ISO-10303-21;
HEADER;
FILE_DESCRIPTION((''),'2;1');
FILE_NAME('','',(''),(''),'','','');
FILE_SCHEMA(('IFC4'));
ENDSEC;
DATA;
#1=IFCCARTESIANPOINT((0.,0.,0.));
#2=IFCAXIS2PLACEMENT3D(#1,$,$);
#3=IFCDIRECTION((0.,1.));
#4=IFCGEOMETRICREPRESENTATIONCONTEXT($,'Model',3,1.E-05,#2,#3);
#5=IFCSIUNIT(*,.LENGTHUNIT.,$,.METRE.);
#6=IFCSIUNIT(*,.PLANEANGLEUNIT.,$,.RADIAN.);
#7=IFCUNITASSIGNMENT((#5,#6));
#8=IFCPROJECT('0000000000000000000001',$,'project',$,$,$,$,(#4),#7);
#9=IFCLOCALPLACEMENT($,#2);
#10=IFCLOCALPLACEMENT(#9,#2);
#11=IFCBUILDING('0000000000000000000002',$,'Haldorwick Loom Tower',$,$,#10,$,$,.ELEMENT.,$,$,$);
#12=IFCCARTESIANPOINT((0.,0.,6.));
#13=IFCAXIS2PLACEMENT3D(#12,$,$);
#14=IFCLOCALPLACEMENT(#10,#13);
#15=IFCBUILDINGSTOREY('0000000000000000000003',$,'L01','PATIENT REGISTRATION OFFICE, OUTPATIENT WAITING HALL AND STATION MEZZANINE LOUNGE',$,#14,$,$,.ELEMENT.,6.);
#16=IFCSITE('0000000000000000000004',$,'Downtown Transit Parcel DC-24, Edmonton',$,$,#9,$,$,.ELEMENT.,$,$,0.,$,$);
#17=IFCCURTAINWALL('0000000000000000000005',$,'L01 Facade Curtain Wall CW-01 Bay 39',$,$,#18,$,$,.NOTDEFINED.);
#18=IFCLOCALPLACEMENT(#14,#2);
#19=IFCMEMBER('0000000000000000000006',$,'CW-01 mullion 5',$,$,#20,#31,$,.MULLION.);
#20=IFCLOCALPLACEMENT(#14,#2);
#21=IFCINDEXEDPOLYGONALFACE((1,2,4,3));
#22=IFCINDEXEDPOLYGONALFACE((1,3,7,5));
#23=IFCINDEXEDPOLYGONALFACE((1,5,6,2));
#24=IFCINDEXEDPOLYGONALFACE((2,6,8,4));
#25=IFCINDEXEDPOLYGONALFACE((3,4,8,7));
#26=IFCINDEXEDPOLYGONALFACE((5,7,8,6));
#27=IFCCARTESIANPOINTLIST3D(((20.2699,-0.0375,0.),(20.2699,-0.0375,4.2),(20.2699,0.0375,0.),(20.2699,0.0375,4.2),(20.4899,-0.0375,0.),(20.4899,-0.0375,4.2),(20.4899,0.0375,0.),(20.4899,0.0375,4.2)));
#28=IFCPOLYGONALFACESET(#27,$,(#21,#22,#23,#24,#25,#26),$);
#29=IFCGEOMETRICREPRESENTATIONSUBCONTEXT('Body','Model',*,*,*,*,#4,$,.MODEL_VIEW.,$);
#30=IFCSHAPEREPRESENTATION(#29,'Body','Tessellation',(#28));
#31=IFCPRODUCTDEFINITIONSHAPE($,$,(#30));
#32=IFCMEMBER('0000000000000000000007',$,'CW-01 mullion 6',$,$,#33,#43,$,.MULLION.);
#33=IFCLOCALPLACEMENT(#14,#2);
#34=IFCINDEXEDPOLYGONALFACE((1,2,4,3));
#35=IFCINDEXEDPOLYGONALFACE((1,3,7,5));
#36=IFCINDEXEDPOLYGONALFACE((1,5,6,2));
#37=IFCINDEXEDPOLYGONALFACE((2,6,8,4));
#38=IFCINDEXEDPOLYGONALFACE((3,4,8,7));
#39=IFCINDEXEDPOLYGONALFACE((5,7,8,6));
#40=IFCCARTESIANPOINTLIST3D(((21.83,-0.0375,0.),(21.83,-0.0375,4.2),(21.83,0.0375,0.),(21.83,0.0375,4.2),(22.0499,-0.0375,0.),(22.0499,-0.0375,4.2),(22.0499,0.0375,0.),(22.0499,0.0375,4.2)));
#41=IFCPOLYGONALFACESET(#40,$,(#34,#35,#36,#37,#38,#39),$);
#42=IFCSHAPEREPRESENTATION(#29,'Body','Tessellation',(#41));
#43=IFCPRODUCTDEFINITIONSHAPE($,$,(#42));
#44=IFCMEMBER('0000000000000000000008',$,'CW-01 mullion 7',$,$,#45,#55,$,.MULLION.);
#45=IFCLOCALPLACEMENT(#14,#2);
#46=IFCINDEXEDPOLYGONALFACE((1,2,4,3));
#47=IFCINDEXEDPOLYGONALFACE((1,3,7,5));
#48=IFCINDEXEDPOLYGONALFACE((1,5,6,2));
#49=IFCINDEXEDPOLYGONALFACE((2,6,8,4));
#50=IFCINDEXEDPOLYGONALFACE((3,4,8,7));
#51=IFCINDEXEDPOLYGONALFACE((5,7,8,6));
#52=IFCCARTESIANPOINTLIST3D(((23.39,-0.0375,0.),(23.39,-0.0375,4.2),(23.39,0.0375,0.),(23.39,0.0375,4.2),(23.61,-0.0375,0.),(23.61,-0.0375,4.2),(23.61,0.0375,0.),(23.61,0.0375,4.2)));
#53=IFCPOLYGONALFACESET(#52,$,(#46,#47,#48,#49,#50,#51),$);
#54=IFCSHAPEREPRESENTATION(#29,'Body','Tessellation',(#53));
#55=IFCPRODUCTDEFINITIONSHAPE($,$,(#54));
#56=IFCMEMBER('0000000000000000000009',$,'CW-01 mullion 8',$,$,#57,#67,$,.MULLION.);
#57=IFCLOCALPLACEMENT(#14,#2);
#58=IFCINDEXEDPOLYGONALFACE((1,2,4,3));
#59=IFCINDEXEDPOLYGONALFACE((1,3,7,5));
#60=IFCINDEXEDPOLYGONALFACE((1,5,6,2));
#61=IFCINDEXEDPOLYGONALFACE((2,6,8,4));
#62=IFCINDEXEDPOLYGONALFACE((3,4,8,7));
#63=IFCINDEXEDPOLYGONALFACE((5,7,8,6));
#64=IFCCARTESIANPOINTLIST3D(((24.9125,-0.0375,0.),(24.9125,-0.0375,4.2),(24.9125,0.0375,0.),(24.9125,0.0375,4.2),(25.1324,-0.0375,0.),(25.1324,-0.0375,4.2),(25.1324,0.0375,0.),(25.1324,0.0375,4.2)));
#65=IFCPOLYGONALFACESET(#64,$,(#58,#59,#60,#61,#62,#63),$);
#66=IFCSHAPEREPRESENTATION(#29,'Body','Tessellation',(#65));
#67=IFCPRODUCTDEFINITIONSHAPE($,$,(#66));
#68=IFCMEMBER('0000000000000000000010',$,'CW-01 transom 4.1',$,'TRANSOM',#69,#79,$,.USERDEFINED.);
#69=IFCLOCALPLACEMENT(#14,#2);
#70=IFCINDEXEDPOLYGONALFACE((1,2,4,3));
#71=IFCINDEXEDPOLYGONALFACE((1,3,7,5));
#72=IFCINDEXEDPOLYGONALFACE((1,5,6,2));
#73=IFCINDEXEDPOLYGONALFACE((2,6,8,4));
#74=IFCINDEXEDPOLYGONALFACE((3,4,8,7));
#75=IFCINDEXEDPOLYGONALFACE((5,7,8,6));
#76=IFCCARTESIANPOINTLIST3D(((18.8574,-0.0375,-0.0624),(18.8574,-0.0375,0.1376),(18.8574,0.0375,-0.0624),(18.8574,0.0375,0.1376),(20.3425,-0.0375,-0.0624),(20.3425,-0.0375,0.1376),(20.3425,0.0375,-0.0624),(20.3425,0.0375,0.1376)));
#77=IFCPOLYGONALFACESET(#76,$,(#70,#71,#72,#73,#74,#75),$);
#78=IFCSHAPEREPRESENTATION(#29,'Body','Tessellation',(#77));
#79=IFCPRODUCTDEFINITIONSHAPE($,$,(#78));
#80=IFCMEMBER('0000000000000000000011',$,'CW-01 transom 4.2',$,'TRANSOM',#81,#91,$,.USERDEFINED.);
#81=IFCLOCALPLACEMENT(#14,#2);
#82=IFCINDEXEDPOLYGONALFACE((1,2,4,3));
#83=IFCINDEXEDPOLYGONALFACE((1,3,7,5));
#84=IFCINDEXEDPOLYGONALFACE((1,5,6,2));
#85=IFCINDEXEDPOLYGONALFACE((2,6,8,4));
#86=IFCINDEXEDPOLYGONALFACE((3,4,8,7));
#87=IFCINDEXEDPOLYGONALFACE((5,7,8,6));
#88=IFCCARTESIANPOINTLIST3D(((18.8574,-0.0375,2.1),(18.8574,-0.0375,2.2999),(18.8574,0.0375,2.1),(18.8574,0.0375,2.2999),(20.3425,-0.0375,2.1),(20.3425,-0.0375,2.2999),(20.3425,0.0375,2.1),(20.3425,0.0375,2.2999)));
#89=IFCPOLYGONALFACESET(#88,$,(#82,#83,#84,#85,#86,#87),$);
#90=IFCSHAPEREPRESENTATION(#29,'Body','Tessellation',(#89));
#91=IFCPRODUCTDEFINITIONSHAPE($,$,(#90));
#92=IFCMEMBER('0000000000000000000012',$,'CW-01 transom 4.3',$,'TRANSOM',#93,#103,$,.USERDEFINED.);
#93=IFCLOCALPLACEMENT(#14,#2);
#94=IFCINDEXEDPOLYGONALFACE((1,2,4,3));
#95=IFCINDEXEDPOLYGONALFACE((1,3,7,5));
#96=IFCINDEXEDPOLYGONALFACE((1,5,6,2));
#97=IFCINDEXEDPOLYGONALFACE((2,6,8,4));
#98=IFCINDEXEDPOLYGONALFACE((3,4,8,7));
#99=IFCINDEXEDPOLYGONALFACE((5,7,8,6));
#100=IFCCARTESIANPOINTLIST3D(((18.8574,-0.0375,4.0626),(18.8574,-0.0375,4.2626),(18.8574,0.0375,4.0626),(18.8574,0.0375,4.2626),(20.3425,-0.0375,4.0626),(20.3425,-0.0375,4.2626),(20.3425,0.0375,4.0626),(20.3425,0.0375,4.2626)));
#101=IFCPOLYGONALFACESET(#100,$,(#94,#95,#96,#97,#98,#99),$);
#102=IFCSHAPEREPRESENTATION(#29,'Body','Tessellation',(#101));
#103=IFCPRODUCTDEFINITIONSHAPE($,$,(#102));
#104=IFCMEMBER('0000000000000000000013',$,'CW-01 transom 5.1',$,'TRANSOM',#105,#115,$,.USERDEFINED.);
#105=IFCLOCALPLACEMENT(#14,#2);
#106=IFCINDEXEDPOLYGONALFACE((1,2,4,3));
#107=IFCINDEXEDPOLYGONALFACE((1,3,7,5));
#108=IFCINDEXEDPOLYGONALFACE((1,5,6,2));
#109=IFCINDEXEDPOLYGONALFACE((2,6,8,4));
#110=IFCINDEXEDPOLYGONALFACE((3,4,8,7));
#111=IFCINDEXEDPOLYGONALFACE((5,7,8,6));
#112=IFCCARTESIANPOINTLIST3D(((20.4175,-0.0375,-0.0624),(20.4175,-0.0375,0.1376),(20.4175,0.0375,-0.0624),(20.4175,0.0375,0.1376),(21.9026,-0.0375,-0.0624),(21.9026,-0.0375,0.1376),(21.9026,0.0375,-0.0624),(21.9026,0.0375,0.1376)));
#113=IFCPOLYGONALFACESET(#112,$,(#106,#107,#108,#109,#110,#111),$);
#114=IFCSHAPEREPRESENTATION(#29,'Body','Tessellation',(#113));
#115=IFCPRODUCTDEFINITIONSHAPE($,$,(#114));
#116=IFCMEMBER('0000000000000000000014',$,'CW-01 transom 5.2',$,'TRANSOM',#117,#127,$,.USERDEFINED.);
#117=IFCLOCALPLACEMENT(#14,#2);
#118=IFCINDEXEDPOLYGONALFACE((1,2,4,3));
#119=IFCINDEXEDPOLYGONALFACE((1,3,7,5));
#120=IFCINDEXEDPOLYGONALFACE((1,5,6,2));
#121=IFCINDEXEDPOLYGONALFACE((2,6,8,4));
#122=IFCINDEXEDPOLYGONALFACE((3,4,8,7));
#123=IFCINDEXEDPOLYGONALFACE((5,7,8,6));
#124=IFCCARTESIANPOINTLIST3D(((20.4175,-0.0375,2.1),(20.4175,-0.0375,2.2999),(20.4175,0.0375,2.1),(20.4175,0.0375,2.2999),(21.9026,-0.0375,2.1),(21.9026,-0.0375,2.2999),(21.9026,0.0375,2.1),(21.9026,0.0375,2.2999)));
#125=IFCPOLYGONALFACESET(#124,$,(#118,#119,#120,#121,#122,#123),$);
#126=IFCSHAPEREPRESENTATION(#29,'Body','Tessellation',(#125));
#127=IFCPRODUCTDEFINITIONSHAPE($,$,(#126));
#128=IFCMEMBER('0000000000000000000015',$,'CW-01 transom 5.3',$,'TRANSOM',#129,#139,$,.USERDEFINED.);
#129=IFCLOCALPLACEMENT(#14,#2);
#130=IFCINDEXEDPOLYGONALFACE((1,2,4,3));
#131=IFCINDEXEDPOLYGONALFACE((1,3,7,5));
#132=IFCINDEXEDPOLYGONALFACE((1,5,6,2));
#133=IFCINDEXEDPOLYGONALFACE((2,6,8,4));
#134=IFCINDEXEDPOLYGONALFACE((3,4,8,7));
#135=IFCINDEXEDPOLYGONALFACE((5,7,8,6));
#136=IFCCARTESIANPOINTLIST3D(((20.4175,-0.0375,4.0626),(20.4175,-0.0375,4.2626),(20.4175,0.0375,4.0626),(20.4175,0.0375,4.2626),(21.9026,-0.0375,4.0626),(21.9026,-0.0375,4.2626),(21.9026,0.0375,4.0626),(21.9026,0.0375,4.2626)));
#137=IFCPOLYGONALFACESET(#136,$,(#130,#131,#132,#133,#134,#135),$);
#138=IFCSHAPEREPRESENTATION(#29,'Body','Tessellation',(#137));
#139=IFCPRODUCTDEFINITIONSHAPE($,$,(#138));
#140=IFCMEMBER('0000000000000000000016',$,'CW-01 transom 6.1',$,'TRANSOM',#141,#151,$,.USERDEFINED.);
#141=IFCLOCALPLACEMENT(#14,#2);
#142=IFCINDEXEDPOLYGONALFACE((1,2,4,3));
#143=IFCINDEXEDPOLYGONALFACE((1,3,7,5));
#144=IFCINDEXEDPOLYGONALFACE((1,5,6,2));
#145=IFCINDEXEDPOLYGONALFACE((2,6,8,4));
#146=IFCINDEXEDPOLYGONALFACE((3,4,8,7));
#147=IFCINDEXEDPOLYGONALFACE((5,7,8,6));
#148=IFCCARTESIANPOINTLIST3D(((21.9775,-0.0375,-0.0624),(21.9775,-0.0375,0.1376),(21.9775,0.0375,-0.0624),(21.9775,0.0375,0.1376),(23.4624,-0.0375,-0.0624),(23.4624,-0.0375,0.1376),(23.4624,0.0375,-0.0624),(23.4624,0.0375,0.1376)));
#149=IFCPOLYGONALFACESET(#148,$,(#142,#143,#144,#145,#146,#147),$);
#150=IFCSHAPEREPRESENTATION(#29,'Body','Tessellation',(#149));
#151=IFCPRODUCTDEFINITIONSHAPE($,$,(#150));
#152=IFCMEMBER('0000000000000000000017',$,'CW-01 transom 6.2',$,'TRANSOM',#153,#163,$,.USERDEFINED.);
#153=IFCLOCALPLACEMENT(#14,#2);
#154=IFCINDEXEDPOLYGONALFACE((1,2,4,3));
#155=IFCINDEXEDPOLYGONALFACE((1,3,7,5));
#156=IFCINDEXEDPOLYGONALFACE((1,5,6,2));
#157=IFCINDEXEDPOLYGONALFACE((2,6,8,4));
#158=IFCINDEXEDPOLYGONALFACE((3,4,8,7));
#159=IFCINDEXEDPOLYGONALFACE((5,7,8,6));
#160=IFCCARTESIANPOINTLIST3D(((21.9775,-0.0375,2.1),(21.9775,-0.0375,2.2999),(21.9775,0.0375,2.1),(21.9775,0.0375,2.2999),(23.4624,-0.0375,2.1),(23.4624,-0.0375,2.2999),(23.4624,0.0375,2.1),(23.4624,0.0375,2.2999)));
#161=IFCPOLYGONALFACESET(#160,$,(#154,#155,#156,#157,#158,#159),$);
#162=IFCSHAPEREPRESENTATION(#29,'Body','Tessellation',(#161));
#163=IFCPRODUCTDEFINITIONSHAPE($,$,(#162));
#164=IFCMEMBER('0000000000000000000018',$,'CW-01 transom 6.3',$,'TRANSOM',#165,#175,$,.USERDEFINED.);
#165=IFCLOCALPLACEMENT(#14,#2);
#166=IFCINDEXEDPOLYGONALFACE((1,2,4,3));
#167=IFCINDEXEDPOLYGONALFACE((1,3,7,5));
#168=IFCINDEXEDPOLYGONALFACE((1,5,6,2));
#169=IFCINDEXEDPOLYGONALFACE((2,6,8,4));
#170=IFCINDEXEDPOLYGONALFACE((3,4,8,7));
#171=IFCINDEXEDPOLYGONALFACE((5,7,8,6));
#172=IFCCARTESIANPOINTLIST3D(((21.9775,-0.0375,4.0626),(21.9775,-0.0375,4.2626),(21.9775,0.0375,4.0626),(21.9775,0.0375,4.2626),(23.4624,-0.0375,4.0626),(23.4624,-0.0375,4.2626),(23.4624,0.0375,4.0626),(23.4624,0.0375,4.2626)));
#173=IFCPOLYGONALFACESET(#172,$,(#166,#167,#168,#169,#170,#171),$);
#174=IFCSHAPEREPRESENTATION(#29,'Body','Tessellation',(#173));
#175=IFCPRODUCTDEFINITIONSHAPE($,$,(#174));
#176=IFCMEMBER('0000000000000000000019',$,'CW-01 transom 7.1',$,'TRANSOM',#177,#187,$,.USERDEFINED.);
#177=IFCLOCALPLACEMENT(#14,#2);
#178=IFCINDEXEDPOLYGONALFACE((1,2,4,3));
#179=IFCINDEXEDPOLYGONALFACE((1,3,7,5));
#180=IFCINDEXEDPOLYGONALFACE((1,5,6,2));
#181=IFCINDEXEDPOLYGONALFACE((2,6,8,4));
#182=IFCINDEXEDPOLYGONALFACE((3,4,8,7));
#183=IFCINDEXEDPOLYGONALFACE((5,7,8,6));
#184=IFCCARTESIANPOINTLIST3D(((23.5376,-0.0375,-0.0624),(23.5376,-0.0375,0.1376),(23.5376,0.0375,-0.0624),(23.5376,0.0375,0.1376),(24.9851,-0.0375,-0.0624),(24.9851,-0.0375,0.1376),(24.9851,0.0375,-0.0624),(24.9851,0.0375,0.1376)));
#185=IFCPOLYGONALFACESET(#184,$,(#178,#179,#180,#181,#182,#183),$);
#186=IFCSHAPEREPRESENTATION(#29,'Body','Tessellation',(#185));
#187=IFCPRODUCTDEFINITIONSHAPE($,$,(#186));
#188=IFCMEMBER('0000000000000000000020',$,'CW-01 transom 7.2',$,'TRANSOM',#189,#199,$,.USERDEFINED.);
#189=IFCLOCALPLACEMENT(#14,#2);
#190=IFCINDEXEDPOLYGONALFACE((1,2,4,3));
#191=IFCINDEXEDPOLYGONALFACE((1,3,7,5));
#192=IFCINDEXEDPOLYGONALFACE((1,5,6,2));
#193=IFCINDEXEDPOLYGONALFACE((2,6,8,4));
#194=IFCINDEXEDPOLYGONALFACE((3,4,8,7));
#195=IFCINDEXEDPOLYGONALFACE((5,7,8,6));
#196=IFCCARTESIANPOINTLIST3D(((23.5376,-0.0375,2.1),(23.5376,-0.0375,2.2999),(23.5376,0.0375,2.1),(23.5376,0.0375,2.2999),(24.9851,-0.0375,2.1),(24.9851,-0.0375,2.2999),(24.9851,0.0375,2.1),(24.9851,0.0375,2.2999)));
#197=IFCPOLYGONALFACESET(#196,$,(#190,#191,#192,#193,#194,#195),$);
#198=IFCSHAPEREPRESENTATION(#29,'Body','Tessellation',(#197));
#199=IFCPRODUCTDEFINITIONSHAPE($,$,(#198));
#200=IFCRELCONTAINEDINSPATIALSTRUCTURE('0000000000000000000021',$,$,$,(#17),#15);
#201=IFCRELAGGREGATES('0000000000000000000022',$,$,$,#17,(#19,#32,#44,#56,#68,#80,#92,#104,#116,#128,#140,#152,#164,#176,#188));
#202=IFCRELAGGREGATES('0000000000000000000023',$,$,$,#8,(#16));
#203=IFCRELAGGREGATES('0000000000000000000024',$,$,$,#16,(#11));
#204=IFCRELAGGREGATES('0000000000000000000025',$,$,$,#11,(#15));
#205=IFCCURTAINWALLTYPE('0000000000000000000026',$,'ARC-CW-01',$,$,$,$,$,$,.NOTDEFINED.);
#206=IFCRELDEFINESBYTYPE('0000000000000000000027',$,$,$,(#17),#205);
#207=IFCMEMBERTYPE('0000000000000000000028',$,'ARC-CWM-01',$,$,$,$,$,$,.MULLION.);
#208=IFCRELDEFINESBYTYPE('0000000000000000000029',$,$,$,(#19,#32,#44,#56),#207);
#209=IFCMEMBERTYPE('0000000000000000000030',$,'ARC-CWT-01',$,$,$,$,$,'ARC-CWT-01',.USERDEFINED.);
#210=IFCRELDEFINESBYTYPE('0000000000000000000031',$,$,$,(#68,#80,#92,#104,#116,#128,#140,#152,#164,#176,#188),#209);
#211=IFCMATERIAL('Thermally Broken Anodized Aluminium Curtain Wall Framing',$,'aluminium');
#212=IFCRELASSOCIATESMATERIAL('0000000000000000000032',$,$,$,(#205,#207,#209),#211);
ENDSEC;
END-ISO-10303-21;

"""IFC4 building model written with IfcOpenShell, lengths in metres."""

from ifc_helpers import new_model, si_unit, direction, frame, origin, origin_2d, place, context, subcontext, project, spatial, rectangle, extrude, material, material_profile, profile_set, type_object, element, aggregate, save


model = new_model("IFC4")

# Units and contexts
model_context = context("Model", 3, precision=1e-05, world=origin(), true_north=direction((0.0, 1.0)))
body_context = subcontext(model_context, "Body", "Model", "MODEL_VIEW")
ifc_project = project(units=[si_unit("LENGTHUNIT", "METRE"), si_unit("PLANEANGLEUNIT", "RADIAN")], contexts=[model_context])

# Site, building, storey
site_placement = place(None, origin())
site = spatial("IfcSite", under=ifc_project, at=site_placement, Name="Downtown Transit Parcel DC-24, Edmonton", CompositionType="ELEMENT", RefElevation=0.0)
building_placement = place(site_placement, origin())
building = spatial("IfcBuilding", under=site, at=building_placement, Name="Haldorwick Loom Tower", CompositionType="ELEMENT")
storey_placement = place(building_placement, frame((0.0, 0.0, 6.0)))
storey = spatial("IfcBuildingStorey", under=building, at=storey_placement, Name="L01", Description="PATIENT REGISTRATION OFFICE, OUTPATIENT WAITING HALL AND STATION MEZZANINE LOUNGE", CompositionType="ELEMENT", Elevation=6.0)

# Curtain wall, members
ifc_material_1 = material(Name="Thermally Broken Anodized Aluminium Curtain Wall Framing", Category="aluminium")
curtain_wall_type = type_object("IfcCurtainWallType", Name="ARC-CW-01", PredefinedType="NOTDEFINED", material=ifc_material_1)
curtain_wall_placement = place(storey_placement, origin())
curtain_wall = element("IfcCurtainWall", 1, at=curtain_wall_placement, inside=storey, type_object=curtain_wall_type, Name="L01 Facade Curtain Wall CW-01 Bay 39", PredefinedType="NOTDEFINED")
ifc_material_profile_1 = material_profile(ifc_material_1, rectangle(XDim=0.075, YDim=0.22, at=origin_2d()), Name="ALU_MUL_75X220", Category="aluminium")
ifc_profile_set_1 = profile_set([ifc_material_profile_1], Name="Thermally Broken Anodized Aluminium Curtain Wall Framing")
member_type_1 = type_object("IfcMemberType", Name="ARC-CWM-01", PredefinedType="MULLION", material=ifc_profile_set_1)
member_1_placement = place(storey_placement, frame((20.3799, 0.0, 0.0), z_axis=(0.0, 0.0, 1.0), x_axis=(0.0, 1.0, 0.0)))
member_1 = element("IfcMember", 2, at=member_1_placement, type_object=member_type_1, Name="CW-01 mullion 5", PredefinedType="MULLION", context=body_context, shape_type="SweptSolid", body=[
    extrude(rectangle(XDim=0.075, YDim=0.22, at=origin_2d()), origin(), (0.0, 0.0, 1.0), 4.2),
])
member_2_placement = place(storey_placement, frame((21.9399, 0.0, 0.0), z_axis=(0.0, 0.0, 1.0), x_axis=(0.0, 1.0, 0.0)))
member_2 = element("IfcMember", 3, at=member_2_placement, type_object=member_type_1, Name="CW-01 mullion 6", PredefinedType="MULLION", context=body_context, shape_type="SweptSolid", body=[
    extrude(rectangle(XDim=0.075, YDim=0.22, at=origin_2d()), origin(), (0.0, 0.0, 1.0), 4.2),
])
member_3_placement = place(storey_placement, frame((23.5, 0.0, 0.0), z_axis=(0.0, 0.0, 1.0), x_axis=(0.0, 1.0, 0.0)))
member_3 = element("IfcMember", 4, at=member_3_placement, type_object=member_type_1, Name="CW-01 mullion 7", PredefinedType="MULLION", context=body_context, shape_type="SweptSolid", body=[
    extrude(rectangle(XDim=0.075, YDim=0.22, at=origin_2d()), origin(), (0.0, 0.0, 1.0), 4.2),
])
member_4_placement = place(storey_placement, frame((25.0225, 0.0, 0.0), z_axis=(0.0, 0.0, 1.0), x_axis=(0.0, 1.0, 0.0)))
member_4 = element("IfcMember", 5, at=member_4_placement, type_object=member_type_1, Name="CW-01 mullion 8", PredefinedType="MULLION", context=body_context, shape_type="SweptSolid", body=[
    extrude(rectangle(XDim=0.075, YDim=0.22, at=origin_2d()), origin(), (0.0, 0.0, 1.0), 4.2),
])
ifc_material_profile_2 = material_profile(ifc_material_1, rectangle(XDim=0.075, YDim=0.2, at=origin_2d()), Name="ALU_TRN_75X200", Category="aluminium")
ifc_profile_set_2 = profile_set([ifc_material_profile_2], Name="Thermally Broken Anodized Aluminium Curtain Wall Framing")
member_type_2 = type_object("IfcMemberType", Name="ARC-CWT-01", ElementType="ARC-CWT-01", PredefinedType="USERDEFINED", material=ifc_profile_set_2)
member_5_placement = place(storey_placement, frame((18.8574, 0.0, 0.0376), z_axis=(1.0, 0.0, 0.0), x_axis=(0.0, 1.0, 0.0)))
member_5 = element("IfcMember", 6, at=member_5_placement, type_object=member_type_2, Name="CW-01 transom 4.1", ObjectType="TRANSOM", PredefinedType="USERDEFINED", context=body_context, shape_type="SweptSolid", body=[
    extrude(rectangle(XDim=0.075, YDim=0.2, at=origin_2d()), origin(), (0.0, 0.0, 1.0), 1.4851),
])
member_6_placement = place(storey_placement, frame((18.8574, 0.0, 2.2), z_axis=(1.0, 0.0, 0.0), x_axis=(0.0, 1.0, 0.0)))
member_6 = element("IfcMember", 7, at=member_6_placement, type_object=member_type_2, Name="CW-01 transom 4.2", ObjectType="TRANSOM", PredefinedType="USERDEFINED", context=body_context, shape_type="SweptSolid", body=[
    extrude(rectangle(XDim=0.075, YDim=0.2, at=origin_2d()), origin(), (0.0, 0.0, 1.0), 1.4851),
])
member_7_placement = place(storey_placement, frame((18.8574, 0.0, 4.1626), z_axis=(1.0, 0.0, 0.0), x_axis=(0.0, 1.0, 0.0)))
member_7 = element("IfcMember", 8, at=member_7_placement, type_object=member_type_2, Name="CW-01 transom 4.3", ObjectType="TRANSOM", PredefinedType="USERDEFINED", context=body_context, shape_type="SweptSolid", body=[
    extrude(rectangle(XDim=0.075, YDim=0.2, at=origin_2d()), origin(), (0.0, 0.0, 1.0), 1.4851),
])
member_8_placement = place(storey_placement, frame((20.4175, 0.0, 0.0376), z_axis=(1.0, 0.0, 0.0), x_axis=(0.0, 1.0, 0.0)))
member_8 = element("IfcMember", 9, at=member_8_placement, type_object=member_type_2, Name="CW-01 transom 5.1", ObjectType="TRANSOM", PredefinedType="USERDEFINED", context=body_context, shape_type="SweptSolid", body=[
    extrude(rectangle(XDim=0.075, YDim=0.2, at=origin_2d()), origin(), (0.0, 0.0, 1.0), 1.4851),
])
member_9_placement = place(storey_placement, frame((20.4175, 0.0, 2.2), z_axis=(1.0, 0.0, 0.0), x_axis=(0.0, 1.0, 0.0)))
member_9 = element("IfcMember", 10, at=member_9_placement, type_object=member_type_2, Name="CW-01 transom 5.2", ObjectType="TRANSOM", PredefinedType="USERDEFINED", context=body_context, shape_type="SweptSolid", body=[
    extrude(rectangle(XDim=0.075, YDim=0.2, at=origin_2d()), origin(), (0.0, 0.0, 1.0), 1.4851),
])
member_10_placement = place(storey_placement, frame((20.4175, 0.0, 4.1626), z_axis=(1.0, 0.0, 0.0), x_axis=(0.0, 1.0, 0.0)))
member_10 = element("IfcMember", 11, at=member_10_placement, type_object=member_type_2, Name="CW-01 transom 5.3", ObjectType="TRANSOM", PredefinedType="USERDEFINED", context=body_context, shape_type="SweptSolid", body=[
    extrude(rectangle(XDim=0.075, YDim=0.2, at=origin_2d()), origin(), (0.0, 0.0, 1.0), 1.4851),
])
member_11_placement = place(storey_placement, frame((21.9775, 0.0, 0.0376), z_axis=(1.0, 0.0, 0.0), x_axis=(0.0, 1.0, 0.0)))
member_11 = element("IfcMember", 12, at=member_11_placement, type_object=member_type_2, Name="CW-01 transom 6.1", ObjectType="TRANSOM", PredefinedType="USERDEFINED", context=body_context, shape_type="SweptSolid", body=[
    extrude(rectangle(XDim=0.075, YDim=0.2, at=origin_2d()), origin(), (0.0, 0.0, 1.0), 1.4849),
])
member_12_placement = place(storey_placement, frame((21.9775, 0.0, 2.2), z_axis=(1.0, 0.0, 0.0), x_axis=(0.0, 1.0, 0.0)))
member_12 = element("IfcMember", 13, at=member_12_placement, type_object=member_type_2, Name="CW-01 transom 6.2", ObjectType="TRANSOM", PredefinedType="USERDEFINED", context=body_context, shape_type="SweptSolid", body=[
    extrude(rectangle(XDim=0.075, YDim=0.2, at=origin_2d()), origin(), (0.0, 0.0, 1.0), 1.4849),
])
member_13_placement = place(storey_placement, frame((21.9775, 0.0, 4.1626), z_axis=(1.0, 0.0, 0.0), x_axis=(0.0, 1.0, 0.0)))
member_13 = element("IfcMember", 14, at=member_13_placement, type_object=member_type_2, Name="CW-01 transom 6.3", ObjectType="TRANSOM", PredefinedType="USERDEFINED", context=body_context, shape_type="SweptSolid", body=[
    extrude(rectangle(XDim=0.075, YDim=0.2, at=origin_2d()), origin(), (0.0, 0.0, 1.0), 1.4849),
])
member_14_placement = place(storey_placement, frame((23.5376, 0.0, 0.0376), z_axis=(1.0, 0.0, 0.0), x_axis=(0.0, 1.0, 0.0)))
member_14 = element("IfcMember", 15, at=member_14_placement, type_object=member_type_2, Name="CW-01 transom 7.1", ObjectType="TRANSOM", PredefinedType="USERDEFINED", context=body_context, shape_type="SweptSolid", body=[
    extrude(rectangle(XDim=0.075, YDim=0.2, at=origin_2d()), origin(), (0.0, 0.0, 1.0), 1.4475),
])
member_15_placement = place(storey_placement, frame((23.5376, 0.0, 2.2), z_axis=(1.0, 0.0, 0.0), x_axis=(0.0, 1.0, 0.0)))
member_15 = element("IfcMember", 16, at=member_15_placement, type_object=member_type_2, Name="CW-01 transom 7.2", ObjectType="TRANSOM", PredefinedType="USERDEFINED", context=body_context, shape_type="SweptSolid", body=[
    extrude(rectangle(XDim=0.075, YDim=0.2, at=origin_2d()), origin(), (0.0, 0.0, 1.0), 1.4475),
])
aggregate(curtain_wall, [member_1, member_2, member_3, member_4, member_5, member_6, member_7, member_8, member_9, member_10, member_11, member_12, member_13, member_14, member_15])

save(model, "model.ifc")
